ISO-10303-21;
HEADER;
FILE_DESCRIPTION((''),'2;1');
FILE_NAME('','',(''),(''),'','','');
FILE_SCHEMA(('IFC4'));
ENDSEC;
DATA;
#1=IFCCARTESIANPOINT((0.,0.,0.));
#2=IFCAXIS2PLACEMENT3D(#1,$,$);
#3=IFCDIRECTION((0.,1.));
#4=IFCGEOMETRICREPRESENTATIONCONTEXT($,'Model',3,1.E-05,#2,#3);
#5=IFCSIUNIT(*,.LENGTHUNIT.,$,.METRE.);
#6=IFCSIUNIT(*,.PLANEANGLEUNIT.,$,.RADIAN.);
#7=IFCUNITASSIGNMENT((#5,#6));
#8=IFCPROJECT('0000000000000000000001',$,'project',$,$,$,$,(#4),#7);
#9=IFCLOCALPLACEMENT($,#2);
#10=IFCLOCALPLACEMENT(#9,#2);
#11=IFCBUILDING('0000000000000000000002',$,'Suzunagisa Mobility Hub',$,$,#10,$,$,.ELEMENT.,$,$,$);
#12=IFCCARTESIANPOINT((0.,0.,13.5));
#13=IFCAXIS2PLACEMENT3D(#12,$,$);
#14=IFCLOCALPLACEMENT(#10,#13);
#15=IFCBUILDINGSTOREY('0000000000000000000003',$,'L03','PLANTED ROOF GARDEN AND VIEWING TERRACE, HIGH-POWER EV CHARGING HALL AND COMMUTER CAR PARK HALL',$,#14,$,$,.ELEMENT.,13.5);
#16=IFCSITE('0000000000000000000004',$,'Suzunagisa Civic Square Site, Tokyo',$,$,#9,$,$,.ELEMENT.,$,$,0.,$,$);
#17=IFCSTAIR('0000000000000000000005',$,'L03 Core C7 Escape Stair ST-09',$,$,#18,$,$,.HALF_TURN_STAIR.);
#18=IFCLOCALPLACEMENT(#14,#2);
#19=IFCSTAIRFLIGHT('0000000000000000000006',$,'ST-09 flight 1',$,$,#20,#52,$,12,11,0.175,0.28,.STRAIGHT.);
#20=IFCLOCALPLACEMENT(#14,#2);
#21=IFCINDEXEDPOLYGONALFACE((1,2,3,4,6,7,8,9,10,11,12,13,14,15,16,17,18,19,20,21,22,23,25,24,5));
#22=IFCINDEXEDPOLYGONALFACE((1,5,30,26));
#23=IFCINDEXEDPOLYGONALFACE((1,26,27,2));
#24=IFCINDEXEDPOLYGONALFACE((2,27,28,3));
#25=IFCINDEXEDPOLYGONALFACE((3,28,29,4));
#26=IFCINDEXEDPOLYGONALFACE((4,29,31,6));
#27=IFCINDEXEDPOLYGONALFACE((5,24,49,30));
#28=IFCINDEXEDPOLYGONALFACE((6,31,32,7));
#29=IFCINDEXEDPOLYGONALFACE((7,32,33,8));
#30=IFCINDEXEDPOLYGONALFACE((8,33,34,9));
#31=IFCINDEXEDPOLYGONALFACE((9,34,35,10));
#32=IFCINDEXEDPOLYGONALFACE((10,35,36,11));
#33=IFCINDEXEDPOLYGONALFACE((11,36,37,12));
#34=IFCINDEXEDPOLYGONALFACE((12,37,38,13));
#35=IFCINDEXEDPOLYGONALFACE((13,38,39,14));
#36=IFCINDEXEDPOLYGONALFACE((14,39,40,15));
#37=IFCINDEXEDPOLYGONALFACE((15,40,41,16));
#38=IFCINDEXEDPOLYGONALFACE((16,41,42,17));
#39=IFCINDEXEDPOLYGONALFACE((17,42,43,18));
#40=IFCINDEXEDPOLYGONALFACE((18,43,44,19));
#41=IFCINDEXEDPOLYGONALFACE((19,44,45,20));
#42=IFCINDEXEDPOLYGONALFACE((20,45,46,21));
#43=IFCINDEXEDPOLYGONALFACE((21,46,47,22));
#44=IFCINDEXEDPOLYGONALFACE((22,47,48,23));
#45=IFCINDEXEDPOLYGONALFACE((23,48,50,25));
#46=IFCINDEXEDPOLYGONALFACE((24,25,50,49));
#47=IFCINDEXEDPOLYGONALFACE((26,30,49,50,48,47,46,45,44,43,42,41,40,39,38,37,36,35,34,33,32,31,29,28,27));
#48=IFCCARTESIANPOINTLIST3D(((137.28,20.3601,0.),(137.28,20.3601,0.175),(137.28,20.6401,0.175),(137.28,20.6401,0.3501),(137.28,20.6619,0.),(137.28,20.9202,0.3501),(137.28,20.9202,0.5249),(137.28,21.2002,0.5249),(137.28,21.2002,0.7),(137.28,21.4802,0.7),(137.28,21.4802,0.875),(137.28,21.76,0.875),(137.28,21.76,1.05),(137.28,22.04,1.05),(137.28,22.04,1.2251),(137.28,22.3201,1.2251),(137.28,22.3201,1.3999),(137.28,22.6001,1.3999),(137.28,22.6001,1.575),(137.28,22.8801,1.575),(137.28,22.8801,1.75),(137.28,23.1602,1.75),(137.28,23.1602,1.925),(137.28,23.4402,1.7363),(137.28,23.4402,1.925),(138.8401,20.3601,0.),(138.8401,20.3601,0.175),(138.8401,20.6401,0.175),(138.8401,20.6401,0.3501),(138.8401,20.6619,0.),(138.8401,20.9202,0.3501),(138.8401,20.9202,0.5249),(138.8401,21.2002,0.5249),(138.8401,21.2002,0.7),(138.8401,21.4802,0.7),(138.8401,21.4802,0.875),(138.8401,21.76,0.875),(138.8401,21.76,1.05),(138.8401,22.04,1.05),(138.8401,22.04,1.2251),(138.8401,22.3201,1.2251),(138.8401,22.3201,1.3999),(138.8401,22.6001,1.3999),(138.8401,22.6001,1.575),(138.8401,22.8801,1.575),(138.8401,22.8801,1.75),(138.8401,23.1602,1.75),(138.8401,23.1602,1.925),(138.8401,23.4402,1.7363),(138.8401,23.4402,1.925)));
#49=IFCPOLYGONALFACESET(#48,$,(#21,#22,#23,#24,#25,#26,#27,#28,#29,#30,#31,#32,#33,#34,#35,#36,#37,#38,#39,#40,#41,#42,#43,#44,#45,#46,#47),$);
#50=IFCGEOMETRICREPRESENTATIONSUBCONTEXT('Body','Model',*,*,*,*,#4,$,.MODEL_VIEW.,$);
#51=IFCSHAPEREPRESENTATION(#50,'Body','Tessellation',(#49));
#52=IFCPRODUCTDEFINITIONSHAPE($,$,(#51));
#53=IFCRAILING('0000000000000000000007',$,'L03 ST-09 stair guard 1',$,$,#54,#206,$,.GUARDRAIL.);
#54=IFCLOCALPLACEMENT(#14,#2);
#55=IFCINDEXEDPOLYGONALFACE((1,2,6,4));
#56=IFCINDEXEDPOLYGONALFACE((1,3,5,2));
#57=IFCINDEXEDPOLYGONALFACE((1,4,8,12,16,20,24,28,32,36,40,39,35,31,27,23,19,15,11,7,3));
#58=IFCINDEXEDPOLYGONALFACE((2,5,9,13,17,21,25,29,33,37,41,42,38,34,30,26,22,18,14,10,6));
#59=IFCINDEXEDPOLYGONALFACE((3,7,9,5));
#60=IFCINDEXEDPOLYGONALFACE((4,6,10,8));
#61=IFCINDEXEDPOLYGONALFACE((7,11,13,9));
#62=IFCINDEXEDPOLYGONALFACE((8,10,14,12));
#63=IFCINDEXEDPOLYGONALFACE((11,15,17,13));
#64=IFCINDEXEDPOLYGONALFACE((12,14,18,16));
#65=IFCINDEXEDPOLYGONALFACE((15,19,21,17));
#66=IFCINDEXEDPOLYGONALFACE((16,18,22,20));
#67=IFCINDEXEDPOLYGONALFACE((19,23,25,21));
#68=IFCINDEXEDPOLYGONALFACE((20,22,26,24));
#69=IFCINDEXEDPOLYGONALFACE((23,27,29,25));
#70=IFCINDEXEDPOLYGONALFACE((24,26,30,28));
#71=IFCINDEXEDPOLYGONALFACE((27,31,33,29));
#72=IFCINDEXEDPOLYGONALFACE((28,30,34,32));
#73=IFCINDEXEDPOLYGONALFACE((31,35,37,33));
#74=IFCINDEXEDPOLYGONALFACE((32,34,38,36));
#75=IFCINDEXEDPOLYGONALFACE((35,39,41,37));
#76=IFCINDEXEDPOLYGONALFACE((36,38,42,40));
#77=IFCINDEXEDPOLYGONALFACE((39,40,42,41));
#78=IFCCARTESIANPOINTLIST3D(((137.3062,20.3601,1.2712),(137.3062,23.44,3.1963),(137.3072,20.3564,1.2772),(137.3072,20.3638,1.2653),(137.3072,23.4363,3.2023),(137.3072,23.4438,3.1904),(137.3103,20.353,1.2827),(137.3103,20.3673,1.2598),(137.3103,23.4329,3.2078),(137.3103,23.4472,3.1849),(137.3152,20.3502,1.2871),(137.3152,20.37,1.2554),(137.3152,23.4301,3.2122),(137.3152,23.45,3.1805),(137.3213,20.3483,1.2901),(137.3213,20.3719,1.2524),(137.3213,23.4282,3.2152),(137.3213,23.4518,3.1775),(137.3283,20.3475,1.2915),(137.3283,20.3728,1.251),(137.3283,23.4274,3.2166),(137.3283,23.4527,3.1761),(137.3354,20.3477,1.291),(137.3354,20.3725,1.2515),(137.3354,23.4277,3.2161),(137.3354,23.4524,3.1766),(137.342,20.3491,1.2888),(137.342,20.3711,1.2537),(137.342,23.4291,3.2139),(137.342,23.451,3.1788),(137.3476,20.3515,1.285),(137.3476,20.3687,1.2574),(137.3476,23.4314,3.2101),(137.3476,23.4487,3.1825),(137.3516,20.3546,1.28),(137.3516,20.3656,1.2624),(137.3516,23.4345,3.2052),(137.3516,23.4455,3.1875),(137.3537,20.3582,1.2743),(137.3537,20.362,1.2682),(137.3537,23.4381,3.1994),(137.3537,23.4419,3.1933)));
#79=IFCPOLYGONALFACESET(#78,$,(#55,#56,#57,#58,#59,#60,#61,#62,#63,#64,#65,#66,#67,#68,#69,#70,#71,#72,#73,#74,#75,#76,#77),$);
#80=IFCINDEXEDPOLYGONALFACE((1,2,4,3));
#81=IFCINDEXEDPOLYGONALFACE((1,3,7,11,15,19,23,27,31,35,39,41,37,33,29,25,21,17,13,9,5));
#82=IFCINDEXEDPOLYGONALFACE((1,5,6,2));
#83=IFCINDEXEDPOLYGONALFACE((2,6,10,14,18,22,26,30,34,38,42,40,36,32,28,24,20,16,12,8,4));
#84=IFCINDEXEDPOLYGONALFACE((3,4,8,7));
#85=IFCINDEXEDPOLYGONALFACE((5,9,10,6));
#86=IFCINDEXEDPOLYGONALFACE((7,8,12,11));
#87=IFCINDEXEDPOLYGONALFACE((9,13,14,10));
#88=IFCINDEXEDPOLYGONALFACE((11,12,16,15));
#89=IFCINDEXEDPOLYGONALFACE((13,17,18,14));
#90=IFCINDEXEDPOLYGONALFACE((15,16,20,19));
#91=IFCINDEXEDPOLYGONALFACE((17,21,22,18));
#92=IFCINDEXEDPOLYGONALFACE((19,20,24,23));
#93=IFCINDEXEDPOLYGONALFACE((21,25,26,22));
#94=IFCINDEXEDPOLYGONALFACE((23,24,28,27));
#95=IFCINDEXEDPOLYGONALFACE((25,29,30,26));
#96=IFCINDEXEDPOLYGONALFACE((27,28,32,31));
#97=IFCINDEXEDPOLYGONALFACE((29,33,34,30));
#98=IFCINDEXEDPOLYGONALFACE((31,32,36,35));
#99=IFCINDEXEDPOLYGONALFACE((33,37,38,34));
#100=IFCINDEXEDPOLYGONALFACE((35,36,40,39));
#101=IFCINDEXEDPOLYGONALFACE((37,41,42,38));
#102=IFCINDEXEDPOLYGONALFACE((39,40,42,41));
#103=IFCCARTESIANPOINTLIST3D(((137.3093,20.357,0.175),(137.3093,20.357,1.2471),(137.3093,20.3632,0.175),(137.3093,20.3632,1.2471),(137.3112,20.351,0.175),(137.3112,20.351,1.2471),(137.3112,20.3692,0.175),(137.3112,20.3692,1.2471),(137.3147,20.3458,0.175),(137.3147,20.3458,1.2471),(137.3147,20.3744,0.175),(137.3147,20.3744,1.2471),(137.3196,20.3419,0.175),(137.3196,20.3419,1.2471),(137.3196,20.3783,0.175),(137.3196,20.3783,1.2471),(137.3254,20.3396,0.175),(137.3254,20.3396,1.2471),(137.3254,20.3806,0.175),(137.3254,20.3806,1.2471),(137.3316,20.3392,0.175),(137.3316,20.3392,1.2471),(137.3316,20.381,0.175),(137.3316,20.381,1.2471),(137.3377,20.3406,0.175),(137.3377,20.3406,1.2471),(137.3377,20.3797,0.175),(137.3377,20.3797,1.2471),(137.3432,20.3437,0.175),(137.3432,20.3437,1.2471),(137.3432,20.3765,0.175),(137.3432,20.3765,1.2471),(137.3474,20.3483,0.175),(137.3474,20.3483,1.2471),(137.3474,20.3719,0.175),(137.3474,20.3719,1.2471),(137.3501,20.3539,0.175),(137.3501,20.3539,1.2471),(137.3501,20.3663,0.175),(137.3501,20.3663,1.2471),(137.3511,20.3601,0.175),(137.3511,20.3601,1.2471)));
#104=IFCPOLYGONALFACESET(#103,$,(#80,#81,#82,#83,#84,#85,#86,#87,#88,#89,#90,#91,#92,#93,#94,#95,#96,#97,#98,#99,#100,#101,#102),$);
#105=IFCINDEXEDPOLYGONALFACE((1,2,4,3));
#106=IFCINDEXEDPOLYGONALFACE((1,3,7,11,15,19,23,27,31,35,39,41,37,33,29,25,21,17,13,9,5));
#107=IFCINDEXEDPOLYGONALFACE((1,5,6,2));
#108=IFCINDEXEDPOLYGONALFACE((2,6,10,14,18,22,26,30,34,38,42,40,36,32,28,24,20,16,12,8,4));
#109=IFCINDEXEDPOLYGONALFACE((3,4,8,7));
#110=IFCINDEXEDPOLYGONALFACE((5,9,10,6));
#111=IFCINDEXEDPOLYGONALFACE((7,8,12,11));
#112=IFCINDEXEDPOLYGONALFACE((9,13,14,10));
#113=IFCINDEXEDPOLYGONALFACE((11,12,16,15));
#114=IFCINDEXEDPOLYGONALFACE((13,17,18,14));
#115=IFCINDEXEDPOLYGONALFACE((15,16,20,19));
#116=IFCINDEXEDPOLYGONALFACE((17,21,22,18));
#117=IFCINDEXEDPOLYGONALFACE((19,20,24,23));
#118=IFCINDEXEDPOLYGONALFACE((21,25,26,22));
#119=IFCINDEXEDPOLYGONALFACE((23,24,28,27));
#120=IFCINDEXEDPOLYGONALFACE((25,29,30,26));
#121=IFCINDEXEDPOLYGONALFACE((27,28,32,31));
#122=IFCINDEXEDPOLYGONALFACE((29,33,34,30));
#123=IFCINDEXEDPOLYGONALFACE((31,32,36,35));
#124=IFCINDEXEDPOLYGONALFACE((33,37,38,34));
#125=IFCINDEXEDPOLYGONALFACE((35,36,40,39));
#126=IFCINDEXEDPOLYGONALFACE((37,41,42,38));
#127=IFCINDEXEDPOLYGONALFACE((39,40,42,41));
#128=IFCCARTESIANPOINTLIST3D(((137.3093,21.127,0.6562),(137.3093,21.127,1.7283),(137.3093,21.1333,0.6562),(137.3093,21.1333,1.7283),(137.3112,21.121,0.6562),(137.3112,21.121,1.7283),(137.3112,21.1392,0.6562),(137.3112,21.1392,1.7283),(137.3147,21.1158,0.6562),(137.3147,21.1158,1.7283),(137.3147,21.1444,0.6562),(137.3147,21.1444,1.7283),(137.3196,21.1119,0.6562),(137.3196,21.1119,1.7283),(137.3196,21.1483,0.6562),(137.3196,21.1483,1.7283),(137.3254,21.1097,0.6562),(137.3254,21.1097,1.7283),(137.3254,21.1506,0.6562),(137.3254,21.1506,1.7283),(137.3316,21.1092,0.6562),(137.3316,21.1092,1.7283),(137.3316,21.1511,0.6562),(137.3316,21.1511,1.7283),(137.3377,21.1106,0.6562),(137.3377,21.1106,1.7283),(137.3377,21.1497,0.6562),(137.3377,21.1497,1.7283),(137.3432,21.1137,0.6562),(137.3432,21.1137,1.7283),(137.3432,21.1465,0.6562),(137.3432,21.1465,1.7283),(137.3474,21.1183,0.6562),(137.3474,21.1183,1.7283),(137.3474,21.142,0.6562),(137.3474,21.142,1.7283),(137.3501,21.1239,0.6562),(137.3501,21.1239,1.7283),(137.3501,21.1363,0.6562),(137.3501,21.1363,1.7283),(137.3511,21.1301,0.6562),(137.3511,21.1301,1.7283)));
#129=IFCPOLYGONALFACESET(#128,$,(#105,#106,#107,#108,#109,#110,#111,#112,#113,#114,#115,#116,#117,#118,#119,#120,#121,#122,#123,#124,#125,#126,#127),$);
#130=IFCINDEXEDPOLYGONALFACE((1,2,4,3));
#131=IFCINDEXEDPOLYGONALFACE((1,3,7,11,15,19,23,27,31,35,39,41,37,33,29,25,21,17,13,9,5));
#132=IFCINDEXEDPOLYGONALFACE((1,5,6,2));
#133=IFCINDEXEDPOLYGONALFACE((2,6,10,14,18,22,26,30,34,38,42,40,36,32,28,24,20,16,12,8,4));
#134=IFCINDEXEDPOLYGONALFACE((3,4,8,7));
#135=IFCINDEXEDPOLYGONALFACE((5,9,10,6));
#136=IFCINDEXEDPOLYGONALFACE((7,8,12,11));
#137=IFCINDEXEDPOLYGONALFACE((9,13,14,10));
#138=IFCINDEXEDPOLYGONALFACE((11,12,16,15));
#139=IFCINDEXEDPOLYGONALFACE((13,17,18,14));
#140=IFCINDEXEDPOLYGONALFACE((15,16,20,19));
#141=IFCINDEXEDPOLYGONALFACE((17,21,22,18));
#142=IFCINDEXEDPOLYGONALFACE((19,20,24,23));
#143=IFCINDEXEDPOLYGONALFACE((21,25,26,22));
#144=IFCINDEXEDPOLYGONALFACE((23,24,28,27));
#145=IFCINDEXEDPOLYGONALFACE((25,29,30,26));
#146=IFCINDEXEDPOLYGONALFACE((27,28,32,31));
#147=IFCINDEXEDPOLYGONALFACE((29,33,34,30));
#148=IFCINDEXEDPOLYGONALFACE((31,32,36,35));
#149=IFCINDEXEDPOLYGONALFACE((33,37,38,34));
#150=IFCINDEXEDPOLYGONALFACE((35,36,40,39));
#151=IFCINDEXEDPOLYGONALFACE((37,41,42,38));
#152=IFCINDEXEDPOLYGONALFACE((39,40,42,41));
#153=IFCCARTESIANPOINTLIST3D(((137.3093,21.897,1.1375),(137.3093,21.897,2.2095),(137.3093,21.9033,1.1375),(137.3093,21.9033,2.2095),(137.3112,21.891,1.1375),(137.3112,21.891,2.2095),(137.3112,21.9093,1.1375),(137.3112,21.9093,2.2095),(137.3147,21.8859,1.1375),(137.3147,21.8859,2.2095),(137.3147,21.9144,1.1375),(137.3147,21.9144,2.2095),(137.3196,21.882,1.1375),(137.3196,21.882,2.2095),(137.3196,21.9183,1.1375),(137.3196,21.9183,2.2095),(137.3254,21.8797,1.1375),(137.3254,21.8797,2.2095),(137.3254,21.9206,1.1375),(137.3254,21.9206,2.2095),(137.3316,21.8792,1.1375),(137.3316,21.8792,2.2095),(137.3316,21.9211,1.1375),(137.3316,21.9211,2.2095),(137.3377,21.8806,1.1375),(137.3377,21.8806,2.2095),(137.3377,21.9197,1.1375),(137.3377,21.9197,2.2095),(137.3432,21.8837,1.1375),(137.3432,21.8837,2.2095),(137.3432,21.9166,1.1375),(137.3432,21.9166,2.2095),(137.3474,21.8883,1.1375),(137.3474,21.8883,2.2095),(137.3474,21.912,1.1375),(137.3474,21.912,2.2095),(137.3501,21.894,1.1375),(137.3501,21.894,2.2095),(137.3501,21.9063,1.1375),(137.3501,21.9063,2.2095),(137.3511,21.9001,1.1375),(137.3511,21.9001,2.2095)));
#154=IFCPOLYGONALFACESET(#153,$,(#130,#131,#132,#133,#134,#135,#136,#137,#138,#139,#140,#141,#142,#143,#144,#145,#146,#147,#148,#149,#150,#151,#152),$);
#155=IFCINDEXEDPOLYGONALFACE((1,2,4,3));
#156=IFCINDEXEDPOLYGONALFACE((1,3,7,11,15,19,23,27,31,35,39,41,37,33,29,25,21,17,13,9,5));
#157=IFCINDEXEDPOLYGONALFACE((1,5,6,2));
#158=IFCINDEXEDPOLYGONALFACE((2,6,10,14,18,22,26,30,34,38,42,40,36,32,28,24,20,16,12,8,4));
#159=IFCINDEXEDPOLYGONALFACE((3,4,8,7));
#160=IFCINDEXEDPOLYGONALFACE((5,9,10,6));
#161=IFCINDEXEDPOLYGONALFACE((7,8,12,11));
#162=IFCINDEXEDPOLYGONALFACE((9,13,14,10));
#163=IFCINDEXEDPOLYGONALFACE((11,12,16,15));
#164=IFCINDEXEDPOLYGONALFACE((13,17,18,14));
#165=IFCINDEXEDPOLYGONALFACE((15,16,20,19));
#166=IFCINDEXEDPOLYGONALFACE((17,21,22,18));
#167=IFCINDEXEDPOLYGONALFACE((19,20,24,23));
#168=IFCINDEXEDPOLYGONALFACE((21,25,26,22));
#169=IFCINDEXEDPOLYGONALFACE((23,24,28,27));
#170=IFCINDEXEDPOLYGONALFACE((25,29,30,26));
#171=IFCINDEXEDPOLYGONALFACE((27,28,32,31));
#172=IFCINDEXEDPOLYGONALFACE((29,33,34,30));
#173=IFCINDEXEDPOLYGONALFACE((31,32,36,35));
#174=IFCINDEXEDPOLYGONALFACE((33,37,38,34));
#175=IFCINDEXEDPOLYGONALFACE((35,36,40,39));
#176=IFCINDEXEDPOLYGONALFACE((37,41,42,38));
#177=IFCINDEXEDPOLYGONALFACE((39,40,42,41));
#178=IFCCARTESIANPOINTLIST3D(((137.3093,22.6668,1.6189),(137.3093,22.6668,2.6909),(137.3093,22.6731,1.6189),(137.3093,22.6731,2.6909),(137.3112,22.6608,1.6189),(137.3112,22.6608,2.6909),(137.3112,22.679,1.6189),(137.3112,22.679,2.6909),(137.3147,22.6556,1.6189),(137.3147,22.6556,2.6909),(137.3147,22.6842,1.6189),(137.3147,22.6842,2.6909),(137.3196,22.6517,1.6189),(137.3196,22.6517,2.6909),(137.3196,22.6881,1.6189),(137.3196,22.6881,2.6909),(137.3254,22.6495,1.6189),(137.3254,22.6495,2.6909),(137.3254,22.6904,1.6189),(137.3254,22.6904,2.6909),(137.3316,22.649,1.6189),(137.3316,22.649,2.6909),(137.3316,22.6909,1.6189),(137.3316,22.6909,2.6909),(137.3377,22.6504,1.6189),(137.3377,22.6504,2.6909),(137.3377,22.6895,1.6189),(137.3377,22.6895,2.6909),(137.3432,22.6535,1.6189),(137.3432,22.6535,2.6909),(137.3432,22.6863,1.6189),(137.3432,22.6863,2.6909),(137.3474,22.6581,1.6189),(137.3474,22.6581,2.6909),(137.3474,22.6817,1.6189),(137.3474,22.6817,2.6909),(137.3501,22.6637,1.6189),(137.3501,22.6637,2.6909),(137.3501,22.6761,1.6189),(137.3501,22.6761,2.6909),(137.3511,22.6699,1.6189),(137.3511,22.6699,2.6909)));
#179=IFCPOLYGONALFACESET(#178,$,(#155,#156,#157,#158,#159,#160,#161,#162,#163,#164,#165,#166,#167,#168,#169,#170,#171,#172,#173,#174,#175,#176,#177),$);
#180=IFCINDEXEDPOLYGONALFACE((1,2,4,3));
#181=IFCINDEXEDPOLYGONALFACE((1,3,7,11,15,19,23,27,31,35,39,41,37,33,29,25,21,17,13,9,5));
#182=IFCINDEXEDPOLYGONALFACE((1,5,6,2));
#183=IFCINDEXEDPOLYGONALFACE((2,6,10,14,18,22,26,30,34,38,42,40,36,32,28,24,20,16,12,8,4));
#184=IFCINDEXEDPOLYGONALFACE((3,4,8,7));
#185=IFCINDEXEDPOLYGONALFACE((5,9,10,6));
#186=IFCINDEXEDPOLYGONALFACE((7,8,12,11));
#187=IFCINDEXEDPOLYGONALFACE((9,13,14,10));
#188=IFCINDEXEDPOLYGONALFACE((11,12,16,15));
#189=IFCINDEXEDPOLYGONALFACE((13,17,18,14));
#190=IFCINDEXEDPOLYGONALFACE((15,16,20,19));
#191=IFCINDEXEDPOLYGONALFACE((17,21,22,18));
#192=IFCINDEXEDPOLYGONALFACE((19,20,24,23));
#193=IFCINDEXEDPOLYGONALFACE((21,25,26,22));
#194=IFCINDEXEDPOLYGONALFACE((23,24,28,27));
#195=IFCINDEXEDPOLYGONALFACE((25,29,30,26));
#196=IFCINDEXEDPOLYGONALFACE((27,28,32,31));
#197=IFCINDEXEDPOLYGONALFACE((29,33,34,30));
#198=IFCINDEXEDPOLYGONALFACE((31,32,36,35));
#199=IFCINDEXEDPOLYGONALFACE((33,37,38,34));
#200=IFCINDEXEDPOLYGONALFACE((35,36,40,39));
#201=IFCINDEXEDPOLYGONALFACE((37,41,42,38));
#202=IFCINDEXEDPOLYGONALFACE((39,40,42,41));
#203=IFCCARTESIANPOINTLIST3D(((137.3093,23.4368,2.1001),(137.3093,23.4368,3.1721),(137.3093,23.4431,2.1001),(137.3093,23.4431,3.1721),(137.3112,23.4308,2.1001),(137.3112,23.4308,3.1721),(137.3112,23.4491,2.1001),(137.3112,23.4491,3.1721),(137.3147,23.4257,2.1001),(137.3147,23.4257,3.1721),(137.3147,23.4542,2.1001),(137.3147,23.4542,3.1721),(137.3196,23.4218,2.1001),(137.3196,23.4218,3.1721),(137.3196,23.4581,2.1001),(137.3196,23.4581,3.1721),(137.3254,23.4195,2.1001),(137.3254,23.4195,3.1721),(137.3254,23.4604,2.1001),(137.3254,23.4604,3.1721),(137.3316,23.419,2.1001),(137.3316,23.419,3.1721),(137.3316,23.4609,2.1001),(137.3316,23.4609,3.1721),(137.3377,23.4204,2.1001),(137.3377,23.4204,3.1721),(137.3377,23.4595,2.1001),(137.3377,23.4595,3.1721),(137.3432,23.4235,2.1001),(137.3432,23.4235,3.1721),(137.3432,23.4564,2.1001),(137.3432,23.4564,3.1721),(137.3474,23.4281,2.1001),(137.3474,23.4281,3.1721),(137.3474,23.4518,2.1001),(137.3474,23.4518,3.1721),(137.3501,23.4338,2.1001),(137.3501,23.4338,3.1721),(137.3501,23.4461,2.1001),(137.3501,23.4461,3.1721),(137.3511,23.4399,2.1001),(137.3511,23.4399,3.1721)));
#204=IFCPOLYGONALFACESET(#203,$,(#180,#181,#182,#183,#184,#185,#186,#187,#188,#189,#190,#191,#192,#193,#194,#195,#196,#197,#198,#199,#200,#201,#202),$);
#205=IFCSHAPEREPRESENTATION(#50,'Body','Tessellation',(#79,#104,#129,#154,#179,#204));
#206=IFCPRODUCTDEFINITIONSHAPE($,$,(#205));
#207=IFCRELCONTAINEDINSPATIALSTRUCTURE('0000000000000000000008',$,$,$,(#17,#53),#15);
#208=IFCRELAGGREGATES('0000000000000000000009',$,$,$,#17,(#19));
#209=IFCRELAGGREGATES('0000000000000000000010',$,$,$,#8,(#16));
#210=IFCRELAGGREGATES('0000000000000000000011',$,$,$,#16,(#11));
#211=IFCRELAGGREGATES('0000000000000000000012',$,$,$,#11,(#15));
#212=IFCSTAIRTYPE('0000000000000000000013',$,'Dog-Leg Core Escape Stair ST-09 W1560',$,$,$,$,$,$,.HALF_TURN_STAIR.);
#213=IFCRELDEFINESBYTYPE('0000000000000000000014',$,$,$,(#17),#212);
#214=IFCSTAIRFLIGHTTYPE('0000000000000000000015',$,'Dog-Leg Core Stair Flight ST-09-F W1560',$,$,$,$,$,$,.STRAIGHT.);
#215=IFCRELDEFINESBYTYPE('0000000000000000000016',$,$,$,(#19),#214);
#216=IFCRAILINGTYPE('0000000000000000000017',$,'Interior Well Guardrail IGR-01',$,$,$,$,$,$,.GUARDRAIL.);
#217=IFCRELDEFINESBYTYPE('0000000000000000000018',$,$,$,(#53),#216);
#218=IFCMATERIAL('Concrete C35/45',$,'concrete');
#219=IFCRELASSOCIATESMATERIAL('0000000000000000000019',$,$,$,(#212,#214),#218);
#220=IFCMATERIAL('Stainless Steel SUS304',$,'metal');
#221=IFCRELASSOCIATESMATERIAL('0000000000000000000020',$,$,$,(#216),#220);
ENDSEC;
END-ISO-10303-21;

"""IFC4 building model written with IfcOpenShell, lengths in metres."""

from ifc_helpers import new_model, si_unit, direction, frame, origin, origin_2d, place, context, subcontext, project, spatial, polyline, circle, outline, extrude, material, type_object, element, aggregate, save


model = new_model("IFC4")

# Units and contexts
model_context = context("Model", 3, precision=1e-05, world=origin(), true_north=direction((0.0, 1.0)))
body_context = subcontext(model_context, "Body", "Model", "MODEL_VIEW")
ifc_project = project(units=[si_unit("LENGTHUNIT", "METRE"), si_unit("PLANEANGLEUNIT", "RADIAN")], contexts=[model_context])

# Site, building, storey
site_placement = place(None, origin())
site = spatial("IfcSite", under=ifc_project, at=site_placement, Name="Suzunagisa Civic Square Site, Tokyo", CompositionType="ELEMENT", RefElevation=0.0)
building_placement = place(site_placement, origin())
building = spatial("IfcBuilding", under=site, at=building_placement, Name="Suzunagisa Mobility Hub", CompositionType="ELEMENT")
storey_placement = place(building_placement, frame((0.0, 0.0, 13.5)))
storey = spatial("IfcBuildingStorey", under=building, at=storey_placement, Name="L03", Description="PLANTED ROOF GARDEN AND VIEWING TERRACE, HIGH-POWER EV CHARGING HALL AND COMMUTER CAR PARK HALL", CompositionType="ELEMENT", Elevation=13.5)

# Shared definitions
ifc_material_1 = material(Name="Concrete C35/45", Category="concrete")

# Stair, stair flight
stair_type = type_object("IfcStairType", Name="Dog-Leg Core Escape Stair ST-09 W1560", PredefinedType="HALF_TURN_STAIR", material=ifc_material_1)
stair_placement = place(storey_placement, origin())
stair = element("IfcStair", 1, at=stair_placement, inside=storey, type_object=stair_type, Name="L03 Core C7 Escape Stair ST-09", PredefinedType="HALF_TURN_STAIR")
stair_flight_type = type_object("IfcStairFlightType", Name="Dog-Leg Core Stair Flight ST-09-F W1560", PredefinedType="STRAIGHT", material=ifc_material_1)
stair_flight_placement = place(storey_placement, frame((138.0601, 20.3601, 0.0), z_axis=(0.0, 0.0, 1.0), x_axis=(0.0, 1.0, 0.0)))
stair_flight = element("IfcStairFlight", 2, at=stair_flight_placement, type_object=stair_flight_type, Name="ST-09 flight 1", NumberOfRisers=12, NumberOfTreads=11, PredefinedType="STRAIGHT", RiserHeight=0.175, TreadLength=0.28, context=body_context, shape_type="SweptSolid", body=[
    extrude(outline(polyline([(0.0, 0.0), (0.0, 0.175), (0.28, 0.175), (0.28, 0.3501), (0.5601, 0.3501), (0.5601, 0.5249), (0.8401, 0.5249), (0.8401, 0.7), (1.1201, 0.7), (1.1201, 0.875), (1.3999, 0.875), (1.3999, 1.05), (1.6799, 1.05), (1.6799, 1.2251), (1.96, 1.2251), (1.96, 1.3999), (2.24, 1.3999), (2.24, 1.575), (2.52, 1.575), (2.52, 1.75), (2.8, 1.75), (2.8, 1.925), (3.0801, 1.925), (3.0801, 2.1001), (3.0801, 1.7363), (0.3018, 0.0), (0.0, 0.0)])), frame((0.0, 0.78, 0.0), z_axis=(0.0, -1.0, 0.0), x_axis=(1.0, 0.0, 0.0)), (0.0, 0.0, 1.0), 1.5601),
])
aggregate(stair, [stair_flight])

# Railing
ifc_material_2 = material(Name="Stainless Steel SUS304", Category="metal")
railing_type_1 = type_object("IfcRailingType", Name="Interior Well Guardrail IGR-01", PredefinedType="GUARDRAIL", material=ifc_material_2)
railing_1_placement = place(storey_placement, frame((137.3301, 20.3601, 0.175)))
element("IfcRailing", 3, at=railing_1_placement, inside=storey, type_object=railing_type_1, Name="L03 ST-09 stair guard 1", PredefinedType="GUARDRAIL", context=body_context, shape_type="SweptSolid", body=[
    extrude(circle(Radius=0.0239, at=origin_2d()), frame((0.0, 0.0, 1.0962), z_axis=(0.0, 0.847979, 0.530029), x_axis=(-1.0, 0.0, 0.0)), (0.0, 0.0, 1.0), 3.6321),
    extrude(circle(Radius=0.021, at=origin_2d()), origin(), (0.0, 0.0, 1.0), 1.072),
    extrude(circle(Radius=0.021, at=origin_2d()), frame((0.0, 0.77, 0.4812)), (0.0, 0.0, 1.0), 1.072),
    extrude(circle(Radius=0.021, at=origin_2d()), frame((0.0, 1.54, 0.9624)), (0.0, 0.0, 1.0), 1.072),
    extrude(circle(Radius=0.021, at=origin_2d()), frame((0.0, 2.3098, 1.4438)), (0.0, 0.0, 1.0), 1.072),
    extrude(circle(Radius=0.021, at=origin_2d()), frame((0.0, 3.0798, 1.925)), (0.0, 0.0, 1.0), 1.072),
])

save(model, "model.ifc")
